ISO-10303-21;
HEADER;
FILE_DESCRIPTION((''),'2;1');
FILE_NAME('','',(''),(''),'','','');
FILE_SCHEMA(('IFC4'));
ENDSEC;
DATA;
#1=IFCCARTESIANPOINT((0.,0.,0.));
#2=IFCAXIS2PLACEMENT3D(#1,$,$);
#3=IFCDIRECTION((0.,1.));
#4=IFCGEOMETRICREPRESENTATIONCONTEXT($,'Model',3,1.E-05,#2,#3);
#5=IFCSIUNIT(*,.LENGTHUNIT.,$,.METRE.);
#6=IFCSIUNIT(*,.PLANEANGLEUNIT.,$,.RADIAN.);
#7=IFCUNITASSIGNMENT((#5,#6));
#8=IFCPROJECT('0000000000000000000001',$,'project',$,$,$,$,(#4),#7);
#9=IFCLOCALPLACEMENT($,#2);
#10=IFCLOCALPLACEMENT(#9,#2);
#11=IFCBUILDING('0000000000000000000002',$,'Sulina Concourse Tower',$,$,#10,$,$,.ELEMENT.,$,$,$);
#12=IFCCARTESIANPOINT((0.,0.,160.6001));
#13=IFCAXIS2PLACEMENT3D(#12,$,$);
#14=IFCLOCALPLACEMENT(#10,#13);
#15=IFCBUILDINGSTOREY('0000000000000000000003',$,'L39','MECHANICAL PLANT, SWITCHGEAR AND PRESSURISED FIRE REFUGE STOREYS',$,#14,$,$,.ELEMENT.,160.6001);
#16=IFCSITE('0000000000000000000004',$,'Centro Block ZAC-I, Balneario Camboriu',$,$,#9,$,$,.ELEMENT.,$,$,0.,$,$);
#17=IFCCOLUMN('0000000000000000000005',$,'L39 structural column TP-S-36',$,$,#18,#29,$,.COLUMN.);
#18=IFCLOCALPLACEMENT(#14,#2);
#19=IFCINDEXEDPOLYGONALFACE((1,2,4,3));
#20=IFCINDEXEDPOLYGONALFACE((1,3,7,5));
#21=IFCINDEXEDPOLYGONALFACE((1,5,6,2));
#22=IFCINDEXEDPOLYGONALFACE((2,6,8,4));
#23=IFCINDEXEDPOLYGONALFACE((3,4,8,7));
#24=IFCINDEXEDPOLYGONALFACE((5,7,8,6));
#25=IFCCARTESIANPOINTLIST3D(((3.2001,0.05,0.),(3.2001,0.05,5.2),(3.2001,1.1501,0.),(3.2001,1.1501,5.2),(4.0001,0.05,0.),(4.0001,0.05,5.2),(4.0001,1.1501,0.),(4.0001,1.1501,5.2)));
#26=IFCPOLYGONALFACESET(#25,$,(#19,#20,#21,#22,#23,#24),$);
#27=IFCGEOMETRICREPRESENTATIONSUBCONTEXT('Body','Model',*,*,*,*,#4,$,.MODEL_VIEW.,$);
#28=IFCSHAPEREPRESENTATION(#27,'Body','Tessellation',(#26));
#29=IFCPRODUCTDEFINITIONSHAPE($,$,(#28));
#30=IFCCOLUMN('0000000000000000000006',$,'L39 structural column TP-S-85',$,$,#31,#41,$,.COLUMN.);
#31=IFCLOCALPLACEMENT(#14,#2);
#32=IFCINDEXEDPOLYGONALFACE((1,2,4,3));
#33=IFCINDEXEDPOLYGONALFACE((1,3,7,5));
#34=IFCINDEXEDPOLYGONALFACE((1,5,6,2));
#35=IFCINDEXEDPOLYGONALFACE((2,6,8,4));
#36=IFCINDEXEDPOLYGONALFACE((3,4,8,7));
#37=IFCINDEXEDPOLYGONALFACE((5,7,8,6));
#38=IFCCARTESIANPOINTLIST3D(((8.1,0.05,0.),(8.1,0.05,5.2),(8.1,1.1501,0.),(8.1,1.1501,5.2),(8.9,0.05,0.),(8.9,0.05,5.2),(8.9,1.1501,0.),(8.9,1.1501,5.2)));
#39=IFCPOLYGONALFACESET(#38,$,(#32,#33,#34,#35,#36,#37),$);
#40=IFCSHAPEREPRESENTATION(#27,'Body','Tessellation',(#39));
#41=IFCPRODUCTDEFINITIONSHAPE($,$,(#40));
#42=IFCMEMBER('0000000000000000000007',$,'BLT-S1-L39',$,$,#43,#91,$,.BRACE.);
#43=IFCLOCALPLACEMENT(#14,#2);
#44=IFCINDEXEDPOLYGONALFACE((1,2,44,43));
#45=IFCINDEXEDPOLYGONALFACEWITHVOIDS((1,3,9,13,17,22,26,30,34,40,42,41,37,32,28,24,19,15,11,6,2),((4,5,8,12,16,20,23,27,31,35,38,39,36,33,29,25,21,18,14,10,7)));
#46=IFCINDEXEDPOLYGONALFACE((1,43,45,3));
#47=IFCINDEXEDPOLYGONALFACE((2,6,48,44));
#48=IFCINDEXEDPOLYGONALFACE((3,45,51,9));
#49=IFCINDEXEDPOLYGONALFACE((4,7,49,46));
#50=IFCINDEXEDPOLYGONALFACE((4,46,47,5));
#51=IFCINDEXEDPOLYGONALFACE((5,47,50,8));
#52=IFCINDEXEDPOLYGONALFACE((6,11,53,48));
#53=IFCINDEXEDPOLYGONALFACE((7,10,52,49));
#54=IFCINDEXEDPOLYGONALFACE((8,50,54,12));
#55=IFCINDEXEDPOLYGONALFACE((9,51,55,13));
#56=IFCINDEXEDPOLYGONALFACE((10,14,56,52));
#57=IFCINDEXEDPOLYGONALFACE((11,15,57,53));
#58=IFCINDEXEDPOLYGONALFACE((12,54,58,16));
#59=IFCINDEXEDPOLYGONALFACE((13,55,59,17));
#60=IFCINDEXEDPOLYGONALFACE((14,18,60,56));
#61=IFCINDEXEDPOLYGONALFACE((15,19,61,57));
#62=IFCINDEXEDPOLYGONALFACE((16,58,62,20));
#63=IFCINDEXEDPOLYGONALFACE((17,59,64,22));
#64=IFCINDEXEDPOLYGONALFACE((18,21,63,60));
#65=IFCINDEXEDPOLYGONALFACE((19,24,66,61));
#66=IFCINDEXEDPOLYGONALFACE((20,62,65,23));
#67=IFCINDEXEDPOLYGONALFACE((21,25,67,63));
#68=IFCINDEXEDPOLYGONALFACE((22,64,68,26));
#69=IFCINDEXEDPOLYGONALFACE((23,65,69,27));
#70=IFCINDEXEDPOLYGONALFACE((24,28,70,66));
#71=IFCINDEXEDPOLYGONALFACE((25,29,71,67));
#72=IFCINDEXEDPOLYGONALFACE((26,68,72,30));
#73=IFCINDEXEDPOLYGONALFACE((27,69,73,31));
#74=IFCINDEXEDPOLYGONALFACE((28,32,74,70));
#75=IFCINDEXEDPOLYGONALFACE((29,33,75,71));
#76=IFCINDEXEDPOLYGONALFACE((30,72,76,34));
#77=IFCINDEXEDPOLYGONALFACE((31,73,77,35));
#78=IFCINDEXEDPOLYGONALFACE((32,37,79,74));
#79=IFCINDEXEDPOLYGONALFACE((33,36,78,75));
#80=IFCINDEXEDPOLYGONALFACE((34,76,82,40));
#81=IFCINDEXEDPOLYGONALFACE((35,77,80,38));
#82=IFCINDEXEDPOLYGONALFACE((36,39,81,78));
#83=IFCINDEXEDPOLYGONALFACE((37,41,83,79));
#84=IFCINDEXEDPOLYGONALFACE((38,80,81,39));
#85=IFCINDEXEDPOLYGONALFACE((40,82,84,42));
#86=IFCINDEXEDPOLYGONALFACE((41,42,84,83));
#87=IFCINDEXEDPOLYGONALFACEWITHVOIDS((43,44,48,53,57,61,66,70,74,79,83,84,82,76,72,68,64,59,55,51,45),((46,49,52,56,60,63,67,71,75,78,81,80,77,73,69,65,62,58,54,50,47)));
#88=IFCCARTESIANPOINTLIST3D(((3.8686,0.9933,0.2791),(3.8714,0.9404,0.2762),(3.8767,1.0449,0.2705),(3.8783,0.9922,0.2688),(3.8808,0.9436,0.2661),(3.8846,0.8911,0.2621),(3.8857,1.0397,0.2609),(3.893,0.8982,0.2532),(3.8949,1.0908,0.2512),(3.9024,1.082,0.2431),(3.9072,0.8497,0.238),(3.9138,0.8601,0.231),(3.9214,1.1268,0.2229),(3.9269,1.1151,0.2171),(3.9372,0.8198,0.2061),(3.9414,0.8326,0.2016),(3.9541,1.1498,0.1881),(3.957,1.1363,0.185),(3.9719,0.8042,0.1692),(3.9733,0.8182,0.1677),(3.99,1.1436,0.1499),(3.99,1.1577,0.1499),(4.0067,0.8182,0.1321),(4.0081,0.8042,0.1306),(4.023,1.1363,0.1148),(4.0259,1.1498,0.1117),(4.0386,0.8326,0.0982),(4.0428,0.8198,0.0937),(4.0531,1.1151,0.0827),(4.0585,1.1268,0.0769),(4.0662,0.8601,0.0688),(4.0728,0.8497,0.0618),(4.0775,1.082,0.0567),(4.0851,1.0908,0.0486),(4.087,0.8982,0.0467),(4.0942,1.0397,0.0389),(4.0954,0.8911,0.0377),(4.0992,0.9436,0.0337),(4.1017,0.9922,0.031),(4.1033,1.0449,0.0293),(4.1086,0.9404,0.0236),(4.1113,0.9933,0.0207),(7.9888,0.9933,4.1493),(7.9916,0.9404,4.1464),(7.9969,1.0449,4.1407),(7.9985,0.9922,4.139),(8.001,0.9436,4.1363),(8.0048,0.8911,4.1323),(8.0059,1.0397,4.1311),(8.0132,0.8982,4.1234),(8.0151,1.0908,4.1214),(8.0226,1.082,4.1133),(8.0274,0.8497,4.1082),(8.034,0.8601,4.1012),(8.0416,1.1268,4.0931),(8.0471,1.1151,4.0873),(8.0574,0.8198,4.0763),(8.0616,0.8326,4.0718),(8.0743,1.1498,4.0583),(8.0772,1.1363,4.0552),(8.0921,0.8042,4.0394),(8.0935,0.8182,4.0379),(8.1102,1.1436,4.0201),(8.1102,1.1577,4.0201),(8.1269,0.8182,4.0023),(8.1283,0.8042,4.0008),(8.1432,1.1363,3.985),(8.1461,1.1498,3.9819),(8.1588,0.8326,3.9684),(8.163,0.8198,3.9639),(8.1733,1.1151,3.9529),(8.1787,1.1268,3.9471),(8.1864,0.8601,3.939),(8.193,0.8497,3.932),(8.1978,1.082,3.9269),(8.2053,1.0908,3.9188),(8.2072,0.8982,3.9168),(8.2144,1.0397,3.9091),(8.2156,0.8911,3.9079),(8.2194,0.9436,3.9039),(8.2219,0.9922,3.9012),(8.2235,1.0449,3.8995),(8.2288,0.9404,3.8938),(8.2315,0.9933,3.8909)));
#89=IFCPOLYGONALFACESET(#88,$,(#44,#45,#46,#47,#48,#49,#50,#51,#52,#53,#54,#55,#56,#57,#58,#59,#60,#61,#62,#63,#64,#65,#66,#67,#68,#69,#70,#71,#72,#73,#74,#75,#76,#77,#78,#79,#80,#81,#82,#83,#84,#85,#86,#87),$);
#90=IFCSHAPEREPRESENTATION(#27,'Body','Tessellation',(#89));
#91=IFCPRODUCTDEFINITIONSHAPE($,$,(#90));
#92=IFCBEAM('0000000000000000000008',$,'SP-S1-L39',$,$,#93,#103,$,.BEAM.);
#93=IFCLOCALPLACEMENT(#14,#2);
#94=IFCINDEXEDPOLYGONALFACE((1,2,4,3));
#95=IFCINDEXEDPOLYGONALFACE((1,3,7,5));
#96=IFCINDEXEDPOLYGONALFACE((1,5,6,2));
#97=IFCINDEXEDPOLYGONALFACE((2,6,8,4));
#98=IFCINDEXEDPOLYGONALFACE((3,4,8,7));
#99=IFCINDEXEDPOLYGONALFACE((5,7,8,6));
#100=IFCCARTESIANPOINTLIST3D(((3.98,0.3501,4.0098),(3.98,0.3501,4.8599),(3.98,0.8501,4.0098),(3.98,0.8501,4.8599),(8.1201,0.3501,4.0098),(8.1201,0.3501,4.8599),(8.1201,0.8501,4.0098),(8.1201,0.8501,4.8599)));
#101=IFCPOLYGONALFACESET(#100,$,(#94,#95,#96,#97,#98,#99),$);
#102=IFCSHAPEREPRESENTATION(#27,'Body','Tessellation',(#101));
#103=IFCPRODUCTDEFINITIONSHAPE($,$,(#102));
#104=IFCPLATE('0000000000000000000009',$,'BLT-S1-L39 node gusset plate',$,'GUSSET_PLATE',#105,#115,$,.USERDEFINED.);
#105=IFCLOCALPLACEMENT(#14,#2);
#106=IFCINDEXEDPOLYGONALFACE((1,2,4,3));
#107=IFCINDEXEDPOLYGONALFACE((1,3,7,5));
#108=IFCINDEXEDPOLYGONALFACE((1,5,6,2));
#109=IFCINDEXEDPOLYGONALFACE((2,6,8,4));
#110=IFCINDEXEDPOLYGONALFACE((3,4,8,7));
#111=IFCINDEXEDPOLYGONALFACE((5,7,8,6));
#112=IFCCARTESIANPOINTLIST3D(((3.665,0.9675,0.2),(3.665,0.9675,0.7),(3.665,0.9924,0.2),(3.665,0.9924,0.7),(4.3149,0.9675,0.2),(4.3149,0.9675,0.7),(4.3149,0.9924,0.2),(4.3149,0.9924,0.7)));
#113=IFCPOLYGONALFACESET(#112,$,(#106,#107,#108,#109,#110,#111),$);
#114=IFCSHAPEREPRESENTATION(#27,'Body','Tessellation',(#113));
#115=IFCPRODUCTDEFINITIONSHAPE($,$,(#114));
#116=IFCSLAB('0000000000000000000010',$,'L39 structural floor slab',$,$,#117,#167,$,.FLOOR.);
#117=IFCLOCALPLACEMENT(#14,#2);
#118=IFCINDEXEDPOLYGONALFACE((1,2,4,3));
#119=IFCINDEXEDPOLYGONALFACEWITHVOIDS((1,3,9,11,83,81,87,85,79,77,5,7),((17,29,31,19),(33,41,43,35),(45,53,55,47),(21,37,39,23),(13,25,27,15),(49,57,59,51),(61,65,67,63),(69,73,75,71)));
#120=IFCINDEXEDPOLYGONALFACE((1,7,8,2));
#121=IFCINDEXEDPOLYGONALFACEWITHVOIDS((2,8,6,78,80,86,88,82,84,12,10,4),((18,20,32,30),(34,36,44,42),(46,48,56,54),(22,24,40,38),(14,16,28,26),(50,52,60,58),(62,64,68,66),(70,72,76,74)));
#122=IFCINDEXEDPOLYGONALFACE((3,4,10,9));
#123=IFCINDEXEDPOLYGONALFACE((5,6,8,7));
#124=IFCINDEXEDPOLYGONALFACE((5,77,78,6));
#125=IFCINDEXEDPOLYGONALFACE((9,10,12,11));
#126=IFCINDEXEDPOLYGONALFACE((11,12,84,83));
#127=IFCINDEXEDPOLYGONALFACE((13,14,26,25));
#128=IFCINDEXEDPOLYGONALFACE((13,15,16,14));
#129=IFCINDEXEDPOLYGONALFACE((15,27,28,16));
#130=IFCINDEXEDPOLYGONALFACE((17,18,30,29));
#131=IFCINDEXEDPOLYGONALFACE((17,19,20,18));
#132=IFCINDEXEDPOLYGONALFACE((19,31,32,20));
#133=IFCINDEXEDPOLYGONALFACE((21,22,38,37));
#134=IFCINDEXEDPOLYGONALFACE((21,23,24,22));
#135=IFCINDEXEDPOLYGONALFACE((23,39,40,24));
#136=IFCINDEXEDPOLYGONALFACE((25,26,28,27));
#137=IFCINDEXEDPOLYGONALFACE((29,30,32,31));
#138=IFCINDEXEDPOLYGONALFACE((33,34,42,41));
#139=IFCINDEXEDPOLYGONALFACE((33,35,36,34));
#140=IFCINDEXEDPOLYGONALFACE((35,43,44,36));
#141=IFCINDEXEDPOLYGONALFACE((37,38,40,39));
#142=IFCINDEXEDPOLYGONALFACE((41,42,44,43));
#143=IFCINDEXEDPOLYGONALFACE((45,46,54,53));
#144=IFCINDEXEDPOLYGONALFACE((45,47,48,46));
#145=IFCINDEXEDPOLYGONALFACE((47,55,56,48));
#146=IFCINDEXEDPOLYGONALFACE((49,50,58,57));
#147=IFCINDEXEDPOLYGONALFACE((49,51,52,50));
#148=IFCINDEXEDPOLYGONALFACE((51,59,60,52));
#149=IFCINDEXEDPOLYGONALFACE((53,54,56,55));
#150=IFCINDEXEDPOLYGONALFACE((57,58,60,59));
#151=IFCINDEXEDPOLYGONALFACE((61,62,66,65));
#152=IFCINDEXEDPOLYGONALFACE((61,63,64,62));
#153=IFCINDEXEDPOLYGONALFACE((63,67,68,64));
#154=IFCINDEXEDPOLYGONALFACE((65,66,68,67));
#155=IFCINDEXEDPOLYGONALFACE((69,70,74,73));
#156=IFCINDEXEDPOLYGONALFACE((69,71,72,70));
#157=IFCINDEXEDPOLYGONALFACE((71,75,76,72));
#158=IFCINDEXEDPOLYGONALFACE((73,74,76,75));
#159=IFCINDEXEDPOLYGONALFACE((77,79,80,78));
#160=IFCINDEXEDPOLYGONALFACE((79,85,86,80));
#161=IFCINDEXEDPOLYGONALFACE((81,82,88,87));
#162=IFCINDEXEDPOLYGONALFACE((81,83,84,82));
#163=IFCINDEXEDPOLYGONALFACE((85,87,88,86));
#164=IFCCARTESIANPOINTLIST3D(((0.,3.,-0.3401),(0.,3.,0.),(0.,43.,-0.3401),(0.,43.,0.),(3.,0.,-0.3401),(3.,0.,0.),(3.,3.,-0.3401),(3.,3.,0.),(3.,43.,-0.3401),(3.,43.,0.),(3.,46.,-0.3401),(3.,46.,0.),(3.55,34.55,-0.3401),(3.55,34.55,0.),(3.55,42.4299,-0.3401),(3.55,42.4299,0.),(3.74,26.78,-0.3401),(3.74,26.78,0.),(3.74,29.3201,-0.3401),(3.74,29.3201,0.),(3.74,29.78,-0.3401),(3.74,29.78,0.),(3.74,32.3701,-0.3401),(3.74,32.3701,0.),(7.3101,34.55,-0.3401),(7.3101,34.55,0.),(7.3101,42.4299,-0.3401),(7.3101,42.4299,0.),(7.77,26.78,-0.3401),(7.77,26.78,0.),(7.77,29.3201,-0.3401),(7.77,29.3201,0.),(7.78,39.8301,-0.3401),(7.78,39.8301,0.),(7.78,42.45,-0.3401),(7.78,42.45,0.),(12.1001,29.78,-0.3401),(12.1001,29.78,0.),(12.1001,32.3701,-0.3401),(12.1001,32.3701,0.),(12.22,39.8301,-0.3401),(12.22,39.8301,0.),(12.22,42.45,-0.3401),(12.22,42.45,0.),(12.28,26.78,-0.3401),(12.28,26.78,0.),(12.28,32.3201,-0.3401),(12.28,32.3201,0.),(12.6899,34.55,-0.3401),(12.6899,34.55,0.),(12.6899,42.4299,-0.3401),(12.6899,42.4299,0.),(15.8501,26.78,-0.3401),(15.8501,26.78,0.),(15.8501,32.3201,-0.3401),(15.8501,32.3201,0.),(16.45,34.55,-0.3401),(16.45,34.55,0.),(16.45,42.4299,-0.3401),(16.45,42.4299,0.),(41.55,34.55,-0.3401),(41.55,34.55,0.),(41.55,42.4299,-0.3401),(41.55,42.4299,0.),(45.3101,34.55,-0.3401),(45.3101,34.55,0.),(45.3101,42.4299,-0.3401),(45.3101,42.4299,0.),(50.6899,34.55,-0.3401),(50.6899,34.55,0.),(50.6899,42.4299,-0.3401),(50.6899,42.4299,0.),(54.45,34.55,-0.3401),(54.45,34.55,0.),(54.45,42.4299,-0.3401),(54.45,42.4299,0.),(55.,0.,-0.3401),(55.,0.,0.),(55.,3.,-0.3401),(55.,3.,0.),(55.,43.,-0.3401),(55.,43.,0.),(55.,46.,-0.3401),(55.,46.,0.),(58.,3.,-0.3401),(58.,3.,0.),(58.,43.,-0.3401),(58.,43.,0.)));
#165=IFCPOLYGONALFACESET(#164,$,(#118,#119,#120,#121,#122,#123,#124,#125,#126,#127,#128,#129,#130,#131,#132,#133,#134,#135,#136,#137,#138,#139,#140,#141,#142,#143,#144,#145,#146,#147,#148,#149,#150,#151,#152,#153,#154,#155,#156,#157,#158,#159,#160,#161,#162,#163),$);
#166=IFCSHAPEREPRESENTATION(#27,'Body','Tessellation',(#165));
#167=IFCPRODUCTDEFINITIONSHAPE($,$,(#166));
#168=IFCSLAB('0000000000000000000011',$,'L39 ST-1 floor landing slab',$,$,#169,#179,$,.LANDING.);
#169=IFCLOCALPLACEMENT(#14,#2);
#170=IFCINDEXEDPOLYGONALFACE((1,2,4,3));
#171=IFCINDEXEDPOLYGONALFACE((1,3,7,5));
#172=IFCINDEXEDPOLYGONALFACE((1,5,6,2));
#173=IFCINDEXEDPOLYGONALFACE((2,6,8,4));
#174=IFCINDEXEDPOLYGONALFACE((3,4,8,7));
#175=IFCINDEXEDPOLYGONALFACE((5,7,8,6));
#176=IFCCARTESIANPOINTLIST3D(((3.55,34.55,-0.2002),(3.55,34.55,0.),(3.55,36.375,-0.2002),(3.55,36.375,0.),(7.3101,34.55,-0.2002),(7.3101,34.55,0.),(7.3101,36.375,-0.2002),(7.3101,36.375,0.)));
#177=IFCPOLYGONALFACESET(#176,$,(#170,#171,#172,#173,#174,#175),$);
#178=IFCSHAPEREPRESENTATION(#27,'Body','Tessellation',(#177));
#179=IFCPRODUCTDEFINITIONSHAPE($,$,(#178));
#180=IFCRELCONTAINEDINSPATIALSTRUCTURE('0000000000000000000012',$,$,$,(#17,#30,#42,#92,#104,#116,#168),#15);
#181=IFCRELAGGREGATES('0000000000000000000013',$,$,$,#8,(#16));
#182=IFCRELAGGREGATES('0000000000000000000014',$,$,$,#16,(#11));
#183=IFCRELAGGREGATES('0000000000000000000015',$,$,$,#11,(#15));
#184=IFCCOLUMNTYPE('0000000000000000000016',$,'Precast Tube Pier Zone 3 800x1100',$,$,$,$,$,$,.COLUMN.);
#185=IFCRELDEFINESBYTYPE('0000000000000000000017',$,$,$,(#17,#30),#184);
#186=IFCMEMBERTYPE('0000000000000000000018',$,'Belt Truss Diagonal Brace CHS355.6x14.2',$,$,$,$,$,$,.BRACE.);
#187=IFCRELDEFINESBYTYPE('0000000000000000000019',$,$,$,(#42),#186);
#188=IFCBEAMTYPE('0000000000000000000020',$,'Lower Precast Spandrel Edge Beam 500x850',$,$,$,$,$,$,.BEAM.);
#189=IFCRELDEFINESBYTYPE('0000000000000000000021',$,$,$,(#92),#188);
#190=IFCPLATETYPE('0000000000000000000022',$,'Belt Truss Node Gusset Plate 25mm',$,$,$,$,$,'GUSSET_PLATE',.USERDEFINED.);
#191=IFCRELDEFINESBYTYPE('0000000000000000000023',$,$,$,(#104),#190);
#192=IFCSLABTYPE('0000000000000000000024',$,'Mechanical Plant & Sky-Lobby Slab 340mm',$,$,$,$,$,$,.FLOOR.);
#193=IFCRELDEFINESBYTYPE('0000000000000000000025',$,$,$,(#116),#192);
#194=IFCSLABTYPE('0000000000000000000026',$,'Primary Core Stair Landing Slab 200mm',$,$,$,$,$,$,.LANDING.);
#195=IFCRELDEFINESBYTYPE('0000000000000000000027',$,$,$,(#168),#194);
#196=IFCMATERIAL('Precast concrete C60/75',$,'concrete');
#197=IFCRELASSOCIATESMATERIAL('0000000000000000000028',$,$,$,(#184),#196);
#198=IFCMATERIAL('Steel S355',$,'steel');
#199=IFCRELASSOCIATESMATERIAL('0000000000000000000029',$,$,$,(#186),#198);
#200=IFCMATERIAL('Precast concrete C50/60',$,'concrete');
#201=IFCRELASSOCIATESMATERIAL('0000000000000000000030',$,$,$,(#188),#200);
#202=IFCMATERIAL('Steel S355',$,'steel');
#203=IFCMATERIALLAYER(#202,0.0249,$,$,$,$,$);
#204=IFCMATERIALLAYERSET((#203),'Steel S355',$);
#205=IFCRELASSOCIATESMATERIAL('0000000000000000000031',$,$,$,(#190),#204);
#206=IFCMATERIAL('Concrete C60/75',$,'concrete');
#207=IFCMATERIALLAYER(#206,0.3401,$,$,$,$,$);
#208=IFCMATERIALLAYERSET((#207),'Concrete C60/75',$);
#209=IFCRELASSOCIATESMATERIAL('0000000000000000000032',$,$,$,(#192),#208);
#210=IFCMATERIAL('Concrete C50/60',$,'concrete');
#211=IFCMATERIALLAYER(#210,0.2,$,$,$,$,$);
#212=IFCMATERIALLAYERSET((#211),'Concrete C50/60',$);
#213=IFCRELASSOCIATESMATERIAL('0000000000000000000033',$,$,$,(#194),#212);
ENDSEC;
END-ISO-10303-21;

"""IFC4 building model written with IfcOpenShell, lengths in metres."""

from ifc_helpers import new_model, si_unit, direction, frame, origin, origin_2d, place, context, subcontext, project, spatial, polyline, rectangle, hollow_circle, outline, extrude, material, layer, layer_set, material_profile, profile_set, type_object, element, save


model = new_model("IFC4")

# Units and contexts
model_context = context("Model", 3, precision=1e-05, world=origin(), true_north=direction((0.0, 1.0)))
body_context = subcontext(model_context, "Body", "Model", "MODEL_VIEW")
ifc_project = project(units=[si_unit("LENGTHUNIT", "METRE"), si_unit("PLANEANGLEUNIT", "RADIAN")], contexts=[model_context])

# Site, building, storey
site_placement = place(None, origin())
site = spatial("IfcSite", under=ifc_project, at=site_placement, Name="Centro Block ZAC-I, Balneario Camboriu", CompositionType="ELEMENT", RefElevation=0.0)
building_placement = place(site_placement, origin())
building = spatial("IfcBuilding", under=site, at=building_placement, Name="Sulina Concourse Tower", CompositionType="ELEMENT")
storey_placement = place(building_placement, frame((0.0, 0.0, 160.6001)))
storey = spatial("IfcBuildingStorey", under=building, at=storey_placement, Name="L39", Description="MECHANICAL PLANT, SWITCHGEAR AND PRESSURISED FIRE REFUGE STOREYS", CompositionType="ELEMENT", Elevation=160.6001)

# Columns
ifc_material_1 = material(Name="Precast concrete C60/75", Category="concrete")
ifc_material_profile_1 = material_profile(ifc_material_1, rectangle(XDim=0.8, YDim=1.1001, at=origin_2d()), Name="PC 800x1100")
ifc_profile_set_1 = profile_set([ifc_material_profile_1], Name="Precast concrete C60/75")
column_type = type_object("IfcColumnType", Name="Precast Tube Pier Zone 3 800x1100", PredefinedType="COLUMN", material=ifc_profile_set_1)
for number, where, z_axis, x_axis, name in (
    (1, (3.6001, 0.6001, 0.0), (0.0, 0.0, 1.0), (1.0, 0.0, 0.0), "L39 structural column TP-S-36"),
    (2, (8.5, 0.6001, 0.0), (0.0, 0.0, 1.0), (1.0, 0.0, 0.0), "L39 structural column TP-S-85"),
):
    element("IfcColumn", number, at=place(storey_placement, frame(where, z_axis=z_axis, x_axis=x_axis)), inside=storey, type_object=column_type, Name=name, PredefinedType="COLUMN", context=body_context, shape_type="SweptSolid", body=[
        extrude(rectangle(XDim=0.8, YDim=1.1001, at=origin_2d()), origin(), (0.0, 0.0, 1.0), 5.2),
    ])

# Member
ifc_material_2 = material(Name="Steel S355", Category="steel")
ifc_material_profile_2 = material_profile(ifc_material_2, hollow_circle(Radius=0.1777, WallThickness=0.0142, at=origin_2d()), Name="CHS 355.6x14.2")
ifc_profile_set_2 = profile_set([ifc_material_profile_2], Name="Steel S355")
member_type = type_object("IfcMemberType", Name="Belt Truss Diagonal Brace CHS355.6x14.2", PredefinedType="BRACE", material=ifc_profile_set_2)
member_placement = place(storey_placement, frame((3.99, 0.98, 0.1499), z_axis=(0.728874, 0.0, 0.684648), x_axis=(0.0, 1.0, 0.0)))
element("IfcMember", 3, at=member_placement, inside=storey, type_object=member_type, Name="BLT-S1-L39", PredefinedType="BRACE", context=body_context, shape_type="SweptSolid", body=[
    extrude(hollow_circle(Radius=0.1777, WallThickness=0.0142, at=origin_2d()), origin(), (0.0, 0.0, 1.0), 5.6528),
])

# Beam
ifc_material_3 = material(Name="Precast concrete C50/60", Category="concrete")
ifc_material_profile_3 = material_profile(ifc_material_3, rectangle(XDim=0.5, YDim=0.8501, at=origin_2d()), Name="RC 500x850")
ifc_profile_set_3 = profile_set([ifc_material_profile_3], Name="Precast concrete C50/60")
beam_type = type_object("IfcBeamType", Name="Lower Precast Spandrel Edge Beam 500x850", PredefinedType="BEAM", material=ifc_profile_set_3)
beam_placement = place(storey_placement, frame((3.98, 0.6001, 4.4348), z_axis=(1.0, 0.0, 0.0), x_axis=(0.0, 1.0, 0.0)))
element("IfcBeam", 4, at=beam_placement, inside=storey, type_object=beam_type, Name="SP-S1-L39", PredefinedType="BEAM", context=body_context, shape_type="SweptSolid", body=[
    extrude(rectangle(XDim=0.5, YDim=0.8501, at=origin_2d()), origin(), (0.0, 0.0, 1.0), 4.1401),
])

# Plate
ifc_material_4 = material(Name="Steel S355", Category="steel")
ifc_layer_1 = layer(ifc_material_4, 0.0249)
ifc_layer_set_1 = layer_set([ifc_layer_1], Name="Steel S355")
plate_type_1 = type_object("IfcPlateType", Name="Belt Truss Node Gusset Plate 25mm", ElementType="GUSSET_PLATE", PredefinedType="USERDEFINED", material=ifc_layer_set_1)
plate_placement = place(storey_placement, frame((3.99, 0.98, 0.2), z_axis=(0.0, 0.0, 1.0), x_axis=(1.0, 0.0, 0.0)))
element("IfcPlate", 5, at=plate_placement, inside=storey, type_object=plate_type_1, Name="BLT-S1-L39 node gusset plate", ObjectType="GUSSET_PLATE", PredefinedType="USERDEFINED", context=body_context, shape_type="SweptSolid", body=[
    extrude(rectangle(XDim=0.6499, YDim=0.0249, at=origin_2d()), origin(), (0.0, 0.0, 1.0), 0.5),
])

# Slabs
ifc_material_5 = material(Name="Concrete C60/75", Category="concrete")
ifc_layer_2 = layer(ifc_material_5, 0.3401)
ifc_layer_set_2 = layer_set([ifc_layer_2], Name="Concrete C60/75")
slab_type_1 = type_object("IfcSlabType", Name="Mechanical Plant & Sky-Lobby Slab 340mm", PredefinedType="FLOOR", material=ifc_layer_set_2)
slab_1_placement = place(storey_placement, frame((0.0, 0.0, -0.3401)))
element("IfcSlab", 6, at=slab_1_placement, inside=storey, type_object=slab_type_1, Name="L39 structural floor slab", PredefinedType="FLOOR", context=body_context, shape_type="SweptSolid", body=[
    extrude(outline(polyline([(3.0, 0.0), (55.0, 0.0), (55.0, 3.0), (58.0, 3.0), (58.0, 43.0), (55.0, 43.0), (55.0, 46.0), (3.0, 46.0), (3.0, 43.0), (0.0, 43.0), (0.0, 3.0), (3.0, 3.0), (3.0, 0.0)]), holes=[polyline([(7.3101, 34.55), (7.3101, 42.4299), (3.55, 42.4299), (3.55, 34.55), (7.3101, 34.55)]), polyline([(16.45, 34.55), (16.45, 42.4299), (12.6899, 42.4299), (12.6899, 34.55), (16.45, 34.55)]), polyline([(45.3101, 34.55), (45.3101, 42.4299), (41.55, 42.4299), (41.55, 34.55), (45.3101, 34.55)]), polyline([(54.45, 34.55), (54.45, 42.4299), (50.6899, 42.4299), (50.6899, 34.55), (54.45, 34.55)]), polyline([(7.78, 39.8301), (12.22, 39.8301), (12.22, 42.45), (7.78, 42.45), (7.78, 39.8301)]), polyline([(3.74, 26.78), (7.77, 26.78), (7.77, 29.3201), (3.74, 29.3201), (3.74, 26.78)]), polyline([(3.74, 29.78), (12.1001, 29.78), (12.1001, 32.3701), (3.74, 32.3701), (3.74, 29.78)]), polyline([(12.28, 26.78), (15.8501, 26.78), (15.8501, 32.3201), (12.28, 32.3201), (12.28, 26.78)])]), origin(), (0.0, 0.0, 1.0), 0.3401),
])
ifc_material_6 = material(Name="Concrete C50/60", Category="concrete")
ifc_layer_3 = layer(ifc_material_6, 0.2)
ifc_layer_set_3 = layer_set([ifc_layer_3], Name="Concrete C50/60")
slab_type_2 = type_object("IfcSlabType", Name="Primary Core Stair Landing Slab 200mm", PredefinedType="LANDING", material=ifc_layer_set_3)
slab_2_placement = place(storey_placement, frame((0.0, 0.0, -0.2002)))
element("IfcSlab", 7, at=slab_2_placement, inside=storey, type_object=slab_type_2, Name="L39 ST-1 floor landing slab", PredefinedType="LANDING", context=body_context, shape_type="SweptSolid", body=[
    extrude(outline(polyline([(7.3101, 34.55), (7.3101, 36.375), (3.55, 36.375), (3.55, 34.55), (7.3101, 34.55)])), origin(), (0.0, 0.0, 1.0), 0.2002),
])

save(model, "model.ifc")
